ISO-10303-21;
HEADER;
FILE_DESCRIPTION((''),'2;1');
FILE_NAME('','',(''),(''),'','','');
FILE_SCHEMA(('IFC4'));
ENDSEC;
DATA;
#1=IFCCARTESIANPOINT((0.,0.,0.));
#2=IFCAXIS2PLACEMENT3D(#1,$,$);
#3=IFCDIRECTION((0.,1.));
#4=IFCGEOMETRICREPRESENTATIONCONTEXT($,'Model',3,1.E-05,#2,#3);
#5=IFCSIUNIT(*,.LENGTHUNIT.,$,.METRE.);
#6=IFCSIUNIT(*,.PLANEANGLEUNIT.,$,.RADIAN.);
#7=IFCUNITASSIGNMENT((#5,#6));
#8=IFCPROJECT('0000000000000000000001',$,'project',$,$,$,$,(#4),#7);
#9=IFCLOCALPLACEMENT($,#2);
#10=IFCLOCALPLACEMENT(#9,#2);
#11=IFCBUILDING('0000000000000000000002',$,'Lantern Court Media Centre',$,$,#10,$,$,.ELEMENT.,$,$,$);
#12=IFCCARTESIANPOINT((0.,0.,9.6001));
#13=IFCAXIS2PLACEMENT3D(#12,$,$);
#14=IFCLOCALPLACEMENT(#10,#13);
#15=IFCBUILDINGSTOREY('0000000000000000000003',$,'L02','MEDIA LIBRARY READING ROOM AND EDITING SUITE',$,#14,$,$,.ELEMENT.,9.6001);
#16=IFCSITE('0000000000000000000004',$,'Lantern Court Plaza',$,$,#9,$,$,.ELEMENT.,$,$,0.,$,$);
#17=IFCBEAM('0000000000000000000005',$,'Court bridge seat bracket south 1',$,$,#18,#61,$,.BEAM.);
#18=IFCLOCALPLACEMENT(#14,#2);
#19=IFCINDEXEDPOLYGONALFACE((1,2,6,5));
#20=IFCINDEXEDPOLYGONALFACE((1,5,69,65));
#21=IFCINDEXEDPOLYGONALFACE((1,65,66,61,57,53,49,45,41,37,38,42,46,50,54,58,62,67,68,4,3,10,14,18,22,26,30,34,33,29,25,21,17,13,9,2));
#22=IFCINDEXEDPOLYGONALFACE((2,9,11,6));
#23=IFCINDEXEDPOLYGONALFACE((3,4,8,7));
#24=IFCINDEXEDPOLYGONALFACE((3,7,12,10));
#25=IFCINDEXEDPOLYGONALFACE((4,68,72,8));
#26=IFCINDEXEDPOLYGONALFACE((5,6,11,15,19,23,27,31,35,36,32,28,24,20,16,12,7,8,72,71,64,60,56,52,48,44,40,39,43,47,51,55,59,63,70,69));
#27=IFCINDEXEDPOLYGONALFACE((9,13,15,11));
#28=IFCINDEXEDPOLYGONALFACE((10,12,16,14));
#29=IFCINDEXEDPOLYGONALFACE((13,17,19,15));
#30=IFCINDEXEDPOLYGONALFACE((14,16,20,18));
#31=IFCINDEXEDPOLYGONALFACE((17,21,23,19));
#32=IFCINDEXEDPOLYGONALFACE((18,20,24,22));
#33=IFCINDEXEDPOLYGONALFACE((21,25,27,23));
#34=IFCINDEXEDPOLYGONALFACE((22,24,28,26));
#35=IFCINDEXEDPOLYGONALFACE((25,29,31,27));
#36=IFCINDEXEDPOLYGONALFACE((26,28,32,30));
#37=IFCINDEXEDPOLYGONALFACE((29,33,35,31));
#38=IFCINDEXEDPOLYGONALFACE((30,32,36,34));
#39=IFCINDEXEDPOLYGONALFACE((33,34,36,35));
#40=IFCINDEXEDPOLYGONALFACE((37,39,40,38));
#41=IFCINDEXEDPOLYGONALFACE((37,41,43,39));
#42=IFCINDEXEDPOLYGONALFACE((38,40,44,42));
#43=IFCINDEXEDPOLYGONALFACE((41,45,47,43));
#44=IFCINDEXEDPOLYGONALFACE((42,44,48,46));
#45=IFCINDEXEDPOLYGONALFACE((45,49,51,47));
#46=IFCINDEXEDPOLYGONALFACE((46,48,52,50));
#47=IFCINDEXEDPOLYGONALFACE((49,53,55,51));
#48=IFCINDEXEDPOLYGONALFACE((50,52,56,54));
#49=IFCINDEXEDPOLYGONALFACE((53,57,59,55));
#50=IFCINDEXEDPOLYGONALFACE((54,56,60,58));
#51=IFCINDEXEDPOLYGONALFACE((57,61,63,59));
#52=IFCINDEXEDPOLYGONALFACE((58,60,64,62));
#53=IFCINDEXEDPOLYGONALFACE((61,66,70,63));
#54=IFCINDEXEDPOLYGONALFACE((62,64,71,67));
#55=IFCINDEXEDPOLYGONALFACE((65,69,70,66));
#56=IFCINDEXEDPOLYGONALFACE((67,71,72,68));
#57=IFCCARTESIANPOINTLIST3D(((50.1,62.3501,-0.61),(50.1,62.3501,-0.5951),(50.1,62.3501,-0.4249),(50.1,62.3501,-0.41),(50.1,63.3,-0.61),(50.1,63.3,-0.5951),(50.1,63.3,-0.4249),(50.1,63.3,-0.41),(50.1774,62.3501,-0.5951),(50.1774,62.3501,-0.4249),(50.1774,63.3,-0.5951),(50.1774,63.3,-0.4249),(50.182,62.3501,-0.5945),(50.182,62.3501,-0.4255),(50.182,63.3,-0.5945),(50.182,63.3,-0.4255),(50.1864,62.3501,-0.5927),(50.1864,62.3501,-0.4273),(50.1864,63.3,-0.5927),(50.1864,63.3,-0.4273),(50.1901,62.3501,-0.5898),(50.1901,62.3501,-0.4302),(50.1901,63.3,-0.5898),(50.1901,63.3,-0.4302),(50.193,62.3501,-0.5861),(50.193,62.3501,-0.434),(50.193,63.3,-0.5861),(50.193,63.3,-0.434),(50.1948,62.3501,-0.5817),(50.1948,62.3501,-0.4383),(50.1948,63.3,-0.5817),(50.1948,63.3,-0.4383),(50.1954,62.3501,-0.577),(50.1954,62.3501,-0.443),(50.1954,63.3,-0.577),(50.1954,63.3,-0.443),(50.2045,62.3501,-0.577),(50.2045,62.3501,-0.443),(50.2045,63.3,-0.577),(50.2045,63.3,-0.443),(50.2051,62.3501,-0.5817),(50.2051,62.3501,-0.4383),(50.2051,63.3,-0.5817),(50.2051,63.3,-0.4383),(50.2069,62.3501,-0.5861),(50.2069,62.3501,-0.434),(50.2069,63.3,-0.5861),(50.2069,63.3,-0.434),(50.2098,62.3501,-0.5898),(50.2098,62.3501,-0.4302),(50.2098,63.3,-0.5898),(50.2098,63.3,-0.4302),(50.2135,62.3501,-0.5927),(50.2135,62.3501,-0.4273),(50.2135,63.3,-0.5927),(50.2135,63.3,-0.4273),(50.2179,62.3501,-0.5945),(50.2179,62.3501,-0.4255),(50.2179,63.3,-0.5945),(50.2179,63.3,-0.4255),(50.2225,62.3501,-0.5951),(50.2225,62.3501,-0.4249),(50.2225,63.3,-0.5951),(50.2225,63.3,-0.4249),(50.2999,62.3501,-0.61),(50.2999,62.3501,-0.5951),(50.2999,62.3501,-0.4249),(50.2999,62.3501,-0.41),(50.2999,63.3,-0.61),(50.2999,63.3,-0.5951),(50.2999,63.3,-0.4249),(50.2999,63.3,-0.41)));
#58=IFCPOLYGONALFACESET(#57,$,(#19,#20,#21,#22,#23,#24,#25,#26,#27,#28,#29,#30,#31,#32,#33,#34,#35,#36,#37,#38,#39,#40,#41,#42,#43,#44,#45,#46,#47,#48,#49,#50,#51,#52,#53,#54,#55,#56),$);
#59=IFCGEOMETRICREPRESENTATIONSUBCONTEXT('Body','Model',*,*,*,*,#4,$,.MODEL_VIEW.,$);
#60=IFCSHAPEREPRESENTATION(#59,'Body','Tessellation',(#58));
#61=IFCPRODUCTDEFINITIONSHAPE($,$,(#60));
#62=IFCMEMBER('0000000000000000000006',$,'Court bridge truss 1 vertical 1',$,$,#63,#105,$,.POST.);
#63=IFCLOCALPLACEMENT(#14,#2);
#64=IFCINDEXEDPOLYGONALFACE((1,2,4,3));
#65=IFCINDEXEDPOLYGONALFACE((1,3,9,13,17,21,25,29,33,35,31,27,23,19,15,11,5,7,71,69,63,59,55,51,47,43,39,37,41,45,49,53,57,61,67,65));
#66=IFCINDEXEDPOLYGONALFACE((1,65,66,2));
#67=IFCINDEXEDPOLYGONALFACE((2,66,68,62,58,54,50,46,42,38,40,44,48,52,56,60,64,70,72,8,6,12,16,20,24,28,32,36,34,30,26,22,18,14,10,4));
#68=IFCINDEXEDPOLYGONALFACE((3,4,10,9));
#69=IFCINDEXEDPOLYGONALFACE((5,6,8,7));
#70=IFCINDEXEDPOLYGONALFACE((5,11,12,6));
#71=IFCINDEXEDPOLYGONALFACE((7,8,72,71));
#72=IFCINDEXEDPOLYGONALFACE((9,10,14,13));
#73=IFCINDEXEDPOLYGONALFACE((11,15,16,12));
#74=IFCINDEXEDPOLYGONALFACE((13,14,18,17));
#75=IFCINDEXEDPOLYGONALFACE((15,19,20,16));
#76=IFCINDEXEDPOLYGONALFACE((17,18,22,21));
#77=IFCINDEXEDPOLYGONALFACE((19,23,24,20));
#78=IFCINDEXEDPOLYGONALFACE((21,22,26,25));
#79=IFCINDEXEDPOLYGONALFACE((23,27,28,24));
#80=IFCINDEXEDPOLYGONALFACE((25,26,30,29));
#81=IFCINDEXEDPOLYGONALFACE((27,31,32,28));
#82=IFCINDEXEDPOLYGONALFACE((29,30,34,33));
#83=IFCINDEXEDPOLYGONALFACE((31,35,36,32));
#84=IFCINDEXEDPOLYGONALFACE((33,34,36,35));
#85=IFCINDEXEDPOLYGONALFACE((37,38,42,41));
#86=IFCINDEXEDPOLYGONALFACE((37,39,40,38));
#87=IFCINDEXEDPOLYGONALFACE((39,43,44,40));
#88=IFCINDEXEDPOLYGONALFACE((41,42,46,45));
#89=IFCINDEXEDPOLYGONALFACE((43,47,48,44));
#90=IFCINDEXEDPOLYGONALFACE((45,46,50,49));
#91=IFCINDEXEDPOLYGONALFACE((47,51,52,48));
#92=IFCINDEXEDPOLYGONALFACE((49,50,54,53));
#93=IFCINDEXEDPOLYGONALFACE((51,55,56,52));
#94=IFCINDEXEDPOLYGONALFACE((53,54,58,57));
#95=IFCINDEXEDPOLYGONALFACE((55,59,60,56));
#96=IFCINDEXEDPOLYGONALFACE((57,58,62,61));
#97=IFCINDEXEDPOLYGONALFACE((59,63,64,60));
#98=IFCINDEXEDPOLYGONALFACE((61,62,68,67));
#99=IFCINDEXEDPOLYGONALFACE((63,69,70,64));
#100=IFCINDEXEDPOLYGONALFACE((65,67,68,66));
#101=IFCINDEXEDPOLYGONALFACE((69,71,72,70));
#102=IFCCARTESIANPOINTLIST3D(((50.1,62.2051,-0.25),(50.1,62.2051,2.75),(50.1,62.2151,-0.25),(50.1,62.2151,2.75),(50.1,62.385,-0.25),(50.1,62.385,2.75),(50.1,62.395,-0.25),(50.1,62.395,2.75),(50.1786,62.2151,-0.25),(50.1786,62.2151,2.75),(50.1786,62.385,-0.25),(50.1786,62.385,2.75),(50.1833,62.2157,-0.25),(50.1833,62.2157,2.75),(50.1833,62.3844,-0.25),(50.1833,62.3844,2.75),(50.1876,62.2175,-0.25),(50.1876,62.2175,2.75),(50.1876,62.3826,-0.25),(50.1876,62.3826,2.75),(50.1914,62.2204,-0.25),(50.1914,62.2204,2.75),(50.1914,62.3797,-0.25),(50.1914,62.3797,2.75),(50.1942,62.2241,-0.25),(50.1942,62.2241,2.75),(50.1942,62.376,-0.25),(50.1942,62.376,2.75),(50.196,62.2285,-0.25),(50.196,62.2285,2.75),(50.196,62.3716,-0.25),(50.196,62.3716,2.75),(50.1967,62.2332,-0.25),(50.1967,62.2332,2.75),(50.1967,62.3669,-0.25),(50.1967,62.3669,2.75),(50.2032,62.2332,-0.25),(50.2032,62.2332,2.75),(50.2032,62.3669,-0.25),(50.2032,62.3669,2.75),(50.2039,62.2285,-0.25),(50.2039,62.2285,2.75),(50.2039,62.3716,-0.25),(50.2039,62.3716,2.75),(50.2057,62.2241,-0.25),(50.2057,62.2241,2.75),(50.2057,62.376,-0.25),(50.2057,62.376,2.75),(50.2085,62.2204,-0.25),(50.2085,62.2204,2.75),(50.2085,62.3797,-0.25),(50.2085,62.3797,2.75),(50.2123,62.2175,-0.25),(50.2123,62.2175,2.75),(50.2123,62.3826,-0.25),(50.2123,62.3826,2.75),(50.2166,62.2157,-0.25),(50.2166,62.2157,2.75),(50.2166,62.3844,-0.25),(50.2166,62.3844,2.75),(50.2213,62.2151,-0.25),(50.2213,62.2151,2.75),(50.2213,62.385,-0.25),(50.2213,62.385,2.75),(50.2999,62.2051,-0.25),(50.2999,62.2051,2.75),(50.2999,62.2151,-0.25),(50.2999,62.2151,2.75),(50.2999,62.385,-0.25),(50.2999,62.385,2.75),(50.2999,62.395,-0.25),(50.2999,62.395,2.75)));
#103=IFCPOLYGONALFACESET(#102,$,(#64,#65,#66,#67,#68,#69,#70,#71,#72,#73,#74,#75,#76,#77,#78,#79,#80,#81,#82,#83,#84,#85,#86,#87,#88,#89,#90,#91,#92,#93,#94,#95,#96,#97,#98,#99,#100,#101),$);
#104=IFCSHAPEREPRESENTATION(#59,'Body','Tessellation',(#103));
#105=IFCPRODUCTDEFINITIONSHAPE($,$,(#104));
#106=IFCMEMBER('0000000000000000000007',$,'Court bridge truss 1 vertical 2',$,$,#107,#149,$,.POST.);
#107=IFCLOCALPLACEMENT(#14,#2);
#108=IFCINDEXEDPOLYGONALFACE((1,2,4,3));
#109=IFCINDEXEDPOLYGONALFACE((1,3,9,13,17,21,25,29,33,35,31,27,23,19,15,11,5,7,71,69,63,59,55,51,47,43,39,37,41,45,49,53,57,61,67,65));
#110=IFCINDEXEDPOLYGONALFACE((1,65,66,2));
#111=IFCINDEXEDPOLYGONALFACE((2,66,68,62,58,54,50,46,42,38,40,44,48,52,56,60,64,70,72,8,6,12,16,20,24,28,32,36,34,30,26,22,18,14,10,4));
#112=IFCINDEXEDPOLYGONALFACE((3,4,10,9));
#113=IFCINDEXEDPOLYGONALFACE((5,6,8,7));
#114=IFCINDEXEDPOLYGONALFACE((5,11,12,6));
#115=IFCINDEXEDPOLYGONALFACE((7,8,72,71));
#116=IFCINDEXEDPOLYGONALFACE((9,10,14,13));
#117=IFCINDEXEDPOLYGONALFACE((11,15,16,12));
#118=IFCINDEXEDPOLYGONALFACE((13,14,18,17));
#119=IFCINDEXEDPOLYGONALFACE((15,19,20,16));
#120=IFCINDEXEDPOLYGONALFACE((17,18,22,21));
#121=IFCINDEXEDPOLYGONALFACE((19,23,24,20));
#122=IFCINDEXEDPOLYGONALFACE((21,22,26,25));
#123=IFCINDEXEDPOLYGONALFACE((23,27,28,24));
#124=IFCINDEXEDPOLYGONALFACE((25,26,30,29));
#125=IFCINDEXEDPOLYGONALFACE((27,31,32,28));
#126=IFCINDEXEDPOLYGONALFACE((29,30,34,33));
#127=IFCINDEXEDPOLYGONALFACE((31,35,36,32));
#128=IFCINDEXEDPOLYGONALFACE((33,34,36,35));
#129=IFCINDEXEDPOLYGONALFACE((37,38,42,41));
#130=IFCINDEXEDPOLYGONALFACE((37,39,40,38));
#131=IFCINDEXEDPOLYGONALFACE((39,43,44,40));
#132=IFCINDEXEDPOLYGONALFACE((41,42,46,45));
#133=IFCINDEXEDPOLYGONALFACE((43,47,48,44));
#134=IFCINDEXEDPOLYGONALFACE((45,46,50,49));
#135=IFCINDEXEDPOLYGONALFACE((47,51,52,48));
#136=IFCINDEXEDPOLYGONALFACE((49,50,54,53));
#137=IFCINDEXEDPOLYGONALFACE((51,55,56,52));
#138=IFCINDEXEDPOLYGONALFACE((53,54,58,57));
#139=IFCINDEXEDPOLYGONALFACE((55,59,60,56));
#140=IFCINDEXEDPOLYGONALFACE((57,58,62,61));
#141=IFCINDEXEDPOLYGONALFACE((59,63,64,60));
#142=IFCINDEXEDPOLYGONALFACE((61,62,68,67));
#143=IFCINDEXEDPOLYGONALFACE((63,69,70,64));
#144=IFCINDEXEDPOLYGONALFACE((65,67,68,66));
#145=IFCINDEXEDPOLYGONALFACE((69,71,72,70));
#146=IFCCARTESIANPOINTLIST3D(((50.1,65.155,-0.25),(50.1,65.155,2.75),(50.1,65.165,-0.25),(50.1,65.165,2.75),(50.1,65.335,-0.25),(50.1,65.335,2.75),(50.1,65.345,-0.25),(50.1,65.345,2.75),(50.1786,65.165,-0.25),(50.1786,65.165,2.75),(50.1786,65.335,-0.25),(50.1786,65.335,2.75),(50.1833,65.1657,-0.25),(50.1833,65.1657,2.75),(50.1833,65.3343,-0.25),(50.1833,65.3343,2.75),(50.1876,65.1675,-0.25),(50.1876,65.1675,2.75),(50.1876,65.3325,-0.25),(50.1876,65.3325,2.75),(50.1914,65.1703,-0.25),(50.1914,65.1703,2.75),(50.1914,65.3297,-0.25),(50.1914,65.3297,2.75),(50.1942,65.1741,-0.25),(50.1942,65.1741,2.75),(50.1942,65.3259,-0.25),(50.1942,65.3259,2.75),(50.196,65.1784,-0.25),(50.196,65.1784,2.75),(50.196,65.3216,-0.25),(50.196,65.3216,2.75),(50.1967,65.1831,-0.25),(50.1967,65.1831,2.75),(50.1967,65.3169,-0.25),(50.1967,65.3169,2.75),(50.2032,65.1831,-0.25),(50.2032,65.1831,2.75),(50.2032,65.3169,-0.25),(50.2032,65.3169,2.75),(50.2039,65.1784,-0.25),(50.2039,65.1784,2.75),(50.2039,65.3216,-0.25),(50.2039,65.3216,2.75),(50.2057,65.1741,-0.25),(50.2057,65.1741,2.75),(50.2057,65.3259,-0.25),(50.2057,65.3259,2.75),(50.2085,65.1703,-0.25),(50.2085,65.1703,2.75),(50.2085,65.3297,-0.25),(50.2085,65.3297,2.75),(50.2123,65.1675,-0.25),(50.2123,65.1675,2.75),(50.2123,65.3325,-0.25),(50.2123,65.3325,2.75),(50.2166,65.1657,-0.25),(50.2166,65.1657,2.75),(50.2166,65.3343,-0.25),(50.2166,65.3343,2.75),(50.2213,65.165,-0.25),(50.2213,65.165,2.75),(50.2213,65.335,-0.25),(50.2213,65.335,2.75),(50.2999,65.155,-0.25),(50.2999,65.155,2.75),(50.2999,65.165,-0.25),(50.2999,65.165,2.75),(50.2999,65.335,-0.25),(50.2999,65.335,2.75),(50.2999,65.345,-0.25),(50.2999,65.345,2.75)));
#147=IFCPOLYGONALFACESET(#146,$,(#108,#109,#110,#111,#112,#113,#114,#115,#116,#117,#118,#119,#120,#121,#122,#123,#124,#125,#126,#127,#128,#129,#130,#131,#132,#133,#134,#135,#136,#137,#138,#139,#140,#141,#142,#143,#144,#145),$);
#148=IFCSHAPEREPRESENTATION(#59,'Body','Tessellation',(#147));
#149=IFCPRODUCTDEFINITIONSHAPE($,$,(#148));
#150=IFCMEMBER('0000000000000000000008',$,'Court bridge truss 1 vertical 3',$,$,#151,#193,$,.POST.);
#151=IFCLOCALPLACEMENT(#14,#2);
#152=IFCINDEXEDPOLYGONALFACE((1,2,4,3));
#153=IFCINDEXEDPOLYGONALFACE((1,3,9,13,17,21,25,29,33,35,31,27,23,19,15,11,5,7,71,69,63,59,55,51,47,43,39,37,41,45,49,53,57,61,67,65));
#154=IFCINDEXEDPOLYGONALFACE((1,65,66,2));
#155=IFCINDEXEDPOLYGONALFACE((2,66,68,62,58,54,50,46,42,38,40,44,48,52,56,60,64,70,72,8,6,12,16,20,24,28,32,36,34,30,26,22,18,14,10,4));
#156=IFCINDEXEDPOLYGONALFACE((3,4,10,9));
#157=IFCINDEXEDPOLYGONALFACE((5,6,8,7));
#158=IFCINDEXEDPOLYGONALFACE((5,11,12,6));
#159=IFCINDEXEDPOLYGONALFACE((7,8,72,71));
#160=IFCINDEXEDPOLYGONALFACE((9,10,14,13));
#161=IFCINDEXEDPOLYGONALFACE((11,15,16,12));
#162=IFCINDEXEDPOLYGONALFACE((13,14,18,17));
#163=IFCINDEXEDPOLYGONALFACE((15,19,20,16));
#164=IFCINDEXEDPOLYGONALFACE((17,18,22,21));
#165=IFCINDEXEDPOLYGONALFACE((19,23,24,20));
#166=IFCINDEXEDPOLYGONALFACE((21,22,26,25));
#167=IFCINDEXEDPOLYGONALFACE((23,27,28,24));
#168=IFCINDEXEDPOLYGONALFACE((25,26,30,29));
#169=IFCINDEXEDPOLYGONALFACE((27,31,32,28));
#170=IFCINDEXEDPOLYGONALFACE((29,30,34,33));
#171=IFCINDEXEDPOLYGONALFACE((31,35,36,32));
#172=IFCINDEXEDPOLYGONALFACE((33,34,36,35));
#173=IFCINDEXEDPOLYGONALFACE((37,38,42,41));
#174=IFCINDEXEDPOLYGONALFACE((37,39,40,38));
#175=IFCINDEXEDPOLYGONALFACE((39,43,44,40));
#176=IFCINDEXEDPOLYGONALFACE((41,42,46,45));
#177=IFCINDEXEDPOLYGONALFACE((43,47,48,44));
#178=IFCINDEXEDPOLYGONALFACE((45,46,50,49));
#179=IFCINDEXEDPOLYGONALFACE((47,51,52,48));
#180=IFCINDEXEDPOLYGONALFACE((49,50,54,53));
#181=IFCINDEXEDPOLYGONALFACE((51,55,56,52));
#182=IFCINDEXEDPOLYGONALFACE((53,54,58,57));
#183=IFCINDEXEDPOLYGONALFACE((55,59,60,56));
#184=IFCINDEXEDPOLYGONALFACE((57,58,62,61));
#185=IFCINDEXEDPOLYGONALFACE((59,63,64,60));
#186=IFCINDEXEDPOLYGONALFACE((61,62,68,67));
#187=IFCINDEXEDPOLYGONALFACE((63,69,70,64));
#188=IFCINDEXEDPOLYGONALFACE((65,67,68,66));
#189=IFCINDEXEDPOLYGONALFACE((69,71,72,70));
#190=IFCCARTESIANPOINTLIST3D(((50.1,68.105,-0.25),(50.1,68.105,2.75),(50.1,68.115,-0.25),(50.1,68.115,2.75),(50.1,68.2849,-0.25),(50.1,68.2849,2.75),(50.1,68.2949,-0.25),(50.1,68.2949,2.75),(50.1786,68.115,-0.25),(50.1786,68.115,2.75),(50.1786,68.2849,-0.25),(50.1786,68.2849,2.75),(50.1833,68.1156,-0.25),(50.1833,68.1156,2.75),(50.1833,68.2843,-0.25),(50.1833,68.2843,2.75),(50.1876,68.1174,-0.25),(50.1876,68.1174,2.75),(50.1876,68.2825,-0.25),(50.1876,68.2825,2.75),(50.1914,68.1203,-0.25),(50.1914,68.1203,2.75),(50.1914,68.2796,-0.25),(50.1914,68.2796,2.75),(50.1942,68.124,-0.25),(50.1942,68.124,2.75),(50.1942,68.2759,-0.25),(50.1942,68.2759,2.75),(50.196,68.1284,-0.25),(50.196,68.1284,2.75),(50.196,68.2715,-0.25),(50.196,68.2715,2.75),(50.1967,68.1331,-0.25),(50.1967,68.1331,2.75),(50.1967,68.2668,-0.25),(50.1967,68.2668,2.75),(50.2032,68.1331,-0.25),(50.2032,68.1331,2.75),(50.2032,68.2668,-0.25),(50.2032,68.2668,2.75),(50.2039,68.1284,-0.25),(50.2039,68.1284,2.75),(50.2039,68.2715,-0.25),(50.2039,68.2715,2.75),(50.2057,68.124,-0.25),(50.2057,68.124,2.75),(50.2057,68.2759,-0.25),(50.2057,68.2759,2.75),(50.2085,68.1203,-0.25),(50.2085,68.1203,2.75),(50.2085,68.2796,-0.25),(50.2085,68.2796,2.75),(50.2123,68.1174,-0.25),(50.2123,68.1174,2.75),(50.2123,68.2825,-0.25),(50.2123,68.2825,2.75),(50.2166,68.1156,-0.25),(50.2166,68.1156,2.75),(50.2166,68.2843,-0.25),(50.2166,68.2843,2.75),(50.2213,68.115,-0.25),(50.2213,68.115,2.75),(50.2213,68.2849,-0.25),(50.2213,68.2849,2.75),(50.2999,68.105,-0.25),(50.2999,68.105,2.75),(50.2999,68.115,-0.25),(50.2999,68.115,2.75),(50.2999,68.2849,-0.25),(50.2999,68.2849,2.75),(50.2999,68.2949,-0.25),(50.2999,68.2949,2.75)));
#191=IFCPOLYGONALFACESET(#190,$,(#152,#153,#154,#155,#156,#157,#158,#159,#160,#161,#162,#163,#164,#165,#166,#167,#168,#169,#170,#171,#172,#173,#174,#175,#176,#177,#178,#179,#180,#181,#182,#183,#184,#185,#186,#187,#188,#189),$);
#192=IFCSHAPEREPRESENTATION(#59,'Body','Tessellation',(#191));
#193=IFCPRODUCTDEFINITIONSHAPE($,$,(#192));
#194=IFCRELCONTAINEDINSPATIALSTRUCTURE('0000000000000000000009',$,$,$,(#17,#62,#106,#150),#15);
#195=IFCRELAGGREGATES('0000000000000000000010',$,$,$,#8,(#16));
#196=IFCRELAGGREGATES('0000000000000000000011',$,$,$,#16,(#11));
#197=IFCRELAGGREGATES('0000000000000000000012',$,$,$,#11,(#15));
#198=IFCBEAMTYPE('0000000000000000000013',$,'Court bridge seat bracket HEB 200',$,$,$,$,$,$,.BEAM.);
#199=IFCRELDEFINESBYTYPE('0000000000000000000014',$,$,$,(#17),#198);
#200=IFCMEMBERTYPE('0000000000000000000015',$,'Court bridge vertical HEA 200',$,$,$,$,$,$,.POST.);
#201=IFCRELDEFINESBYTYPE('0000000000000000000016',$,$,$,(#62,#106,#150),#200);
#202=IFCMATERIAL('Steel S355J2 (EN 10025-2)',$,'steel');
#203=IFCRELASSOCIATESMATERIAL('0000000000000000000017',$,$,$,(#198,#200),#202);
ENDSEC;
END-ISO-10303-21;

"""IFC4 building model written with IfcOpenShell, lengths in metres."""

from ifc_helpers import new_model, si_unit, direction, frame, origin, origin_2d, place, context, subcontext, project, spatial, i_section, extrude, material, material_profile, profile_set, type_object, element, save


model = new_model("IFC4")

# Units and contexts
model_context = context("Model", 3, precision=1e-05, world=origin(), true_north=direction((0.0, 1.0)))
body_context = subcontext(model_context, "Body", "Model", "MODEL_VIEW")
ifc_project = project(units=[si_unit("LENGTHUNIT", "METRE"), si_unit("PLANEANGLEUNIT", "RADIAN")], contexts=[model_context])

# Site, building, storey
site_placement = place(None, origin())
site = spatial("IfcSite", under=ifc_project, at=site_placement, Name="Lantern Court Plaza", CompositionType="ELEMENT", RefElevation=0.0)
building_placement = place(site_placement, origin())
building = spatial("IfcBuilding", under=site, at=building_placement, Name="Lantern Court Media Centre", CompositionType="ELEMENT")
storey_placement = place(building_placement, frame((0.0, 0.0, 9.6001)))
storey = spatial("IfcBuildingStorey", under=building, at=storey_placement, Name="L02", Description="MEDIA LIBRARY READING ROOM AND EDITING SUITE", CompositionType="ELEMENT", Elevation=9.6001)

# Shared definitions
ifc_material = material(Name="Steel S355J2 (EN 10025-2)", Category="steel")

# Beam
ifc_material_profile_1 = material_profile(ifc_material, i_section(OverallWidth=0.2, OverallDepth=0.2, WebThickness=0.009, FlangeThickness=0.0149, FilletRadius=0.0181, at=origin_2d()), Name="HEB 200")
ifc_profile_set_1 = profile_set([ifc_material_profile_1], Name="Steel S355J2 (EN 10025-2)")
beam_type_1 = type_object("IfcBeamType", Name="Court bridge seat bracket HEB 200", PredefinedType="BEAM", material=ifc_profile_set_1)
beam_placement = place(storey_placement, frame((50.2, 62.3501, -0.51), z_axis=(0.0, 1.0, 0.0), x_axis=(-1.0, 0.0, 0.0)))
element("IfcBeam", 1, at=beam_placement, inside=storey, type_object=beam_type_1, Name="Court bridge seat bracket south 1", PredefinedType="BEAM", context=body_context, shape_type="SweptSolid", body=[
    extrude(i_section(OverallWidth=0.2, OverallDepth=0.2, WebThickness=0.009, FlangeThickness=0.0149, FilletRadius=0.0181, at=origin_2d()), origin(), (0.0, 0.0, 1.0), 0.95),
])

# Members
ifc_material_profile_2 = material_profile(ifc_material, i_section(OverallWidth=0.2, OverallDepth=0.1899, WebThickness=0.0066, FlangeThickness=0.01, FilletRadius=0.0181, at=origin_2d()), Name="HEA 200")
ifc_profile_set_2 = profile_set([ifc_material_profile_2], Name="Steel S355J2 (EN 10025-2)")
member_type_1 = type_object("IfcMemberType", Name="Court bridge vertical HEA 200", PredefinedType="POST", material=ifc_profile_set_2)
for number, where, z_axis, x_axis, name in (
    (2, (50.2, 62.3, -0.25), (0.0, 0.0, 1.0), (1.0, 0.0, 0.0), "Court bridge truss 1 vertical 1"),
    (3, (50.2, 65.25, -0.25), (0.0, 0.0, 1.0), (1.0, 0.0, 0.0), "Court bridge truss 1 vertical 2"),
    (4, (50.2, 68.2, -0.25), (0.0, 0.0, 1.0), (1.0, 0.0, 0.0), "Court bridge truss 1 vertical 3"),
):
    element("IfcMember", number, at=place(storey_placement, frame(where, z_axis=z_axis, x_axis=x_axis)), inside=storey, type_object=member_type_1, Name=name, PredefinedType="POST", context=body_context, shape_type="SweptSolid", body=[
        extrude(i_section(OverallWidth=0.2, OverallDepth=0.1899, WebThickness=0.0066, FlangeThickness=0.01, FilletRadius=0.0181, at=origin_2d()), origin(), (0.0, 0.0, 1.0), 3.0),
    ])

save(model, "model.ifc")
